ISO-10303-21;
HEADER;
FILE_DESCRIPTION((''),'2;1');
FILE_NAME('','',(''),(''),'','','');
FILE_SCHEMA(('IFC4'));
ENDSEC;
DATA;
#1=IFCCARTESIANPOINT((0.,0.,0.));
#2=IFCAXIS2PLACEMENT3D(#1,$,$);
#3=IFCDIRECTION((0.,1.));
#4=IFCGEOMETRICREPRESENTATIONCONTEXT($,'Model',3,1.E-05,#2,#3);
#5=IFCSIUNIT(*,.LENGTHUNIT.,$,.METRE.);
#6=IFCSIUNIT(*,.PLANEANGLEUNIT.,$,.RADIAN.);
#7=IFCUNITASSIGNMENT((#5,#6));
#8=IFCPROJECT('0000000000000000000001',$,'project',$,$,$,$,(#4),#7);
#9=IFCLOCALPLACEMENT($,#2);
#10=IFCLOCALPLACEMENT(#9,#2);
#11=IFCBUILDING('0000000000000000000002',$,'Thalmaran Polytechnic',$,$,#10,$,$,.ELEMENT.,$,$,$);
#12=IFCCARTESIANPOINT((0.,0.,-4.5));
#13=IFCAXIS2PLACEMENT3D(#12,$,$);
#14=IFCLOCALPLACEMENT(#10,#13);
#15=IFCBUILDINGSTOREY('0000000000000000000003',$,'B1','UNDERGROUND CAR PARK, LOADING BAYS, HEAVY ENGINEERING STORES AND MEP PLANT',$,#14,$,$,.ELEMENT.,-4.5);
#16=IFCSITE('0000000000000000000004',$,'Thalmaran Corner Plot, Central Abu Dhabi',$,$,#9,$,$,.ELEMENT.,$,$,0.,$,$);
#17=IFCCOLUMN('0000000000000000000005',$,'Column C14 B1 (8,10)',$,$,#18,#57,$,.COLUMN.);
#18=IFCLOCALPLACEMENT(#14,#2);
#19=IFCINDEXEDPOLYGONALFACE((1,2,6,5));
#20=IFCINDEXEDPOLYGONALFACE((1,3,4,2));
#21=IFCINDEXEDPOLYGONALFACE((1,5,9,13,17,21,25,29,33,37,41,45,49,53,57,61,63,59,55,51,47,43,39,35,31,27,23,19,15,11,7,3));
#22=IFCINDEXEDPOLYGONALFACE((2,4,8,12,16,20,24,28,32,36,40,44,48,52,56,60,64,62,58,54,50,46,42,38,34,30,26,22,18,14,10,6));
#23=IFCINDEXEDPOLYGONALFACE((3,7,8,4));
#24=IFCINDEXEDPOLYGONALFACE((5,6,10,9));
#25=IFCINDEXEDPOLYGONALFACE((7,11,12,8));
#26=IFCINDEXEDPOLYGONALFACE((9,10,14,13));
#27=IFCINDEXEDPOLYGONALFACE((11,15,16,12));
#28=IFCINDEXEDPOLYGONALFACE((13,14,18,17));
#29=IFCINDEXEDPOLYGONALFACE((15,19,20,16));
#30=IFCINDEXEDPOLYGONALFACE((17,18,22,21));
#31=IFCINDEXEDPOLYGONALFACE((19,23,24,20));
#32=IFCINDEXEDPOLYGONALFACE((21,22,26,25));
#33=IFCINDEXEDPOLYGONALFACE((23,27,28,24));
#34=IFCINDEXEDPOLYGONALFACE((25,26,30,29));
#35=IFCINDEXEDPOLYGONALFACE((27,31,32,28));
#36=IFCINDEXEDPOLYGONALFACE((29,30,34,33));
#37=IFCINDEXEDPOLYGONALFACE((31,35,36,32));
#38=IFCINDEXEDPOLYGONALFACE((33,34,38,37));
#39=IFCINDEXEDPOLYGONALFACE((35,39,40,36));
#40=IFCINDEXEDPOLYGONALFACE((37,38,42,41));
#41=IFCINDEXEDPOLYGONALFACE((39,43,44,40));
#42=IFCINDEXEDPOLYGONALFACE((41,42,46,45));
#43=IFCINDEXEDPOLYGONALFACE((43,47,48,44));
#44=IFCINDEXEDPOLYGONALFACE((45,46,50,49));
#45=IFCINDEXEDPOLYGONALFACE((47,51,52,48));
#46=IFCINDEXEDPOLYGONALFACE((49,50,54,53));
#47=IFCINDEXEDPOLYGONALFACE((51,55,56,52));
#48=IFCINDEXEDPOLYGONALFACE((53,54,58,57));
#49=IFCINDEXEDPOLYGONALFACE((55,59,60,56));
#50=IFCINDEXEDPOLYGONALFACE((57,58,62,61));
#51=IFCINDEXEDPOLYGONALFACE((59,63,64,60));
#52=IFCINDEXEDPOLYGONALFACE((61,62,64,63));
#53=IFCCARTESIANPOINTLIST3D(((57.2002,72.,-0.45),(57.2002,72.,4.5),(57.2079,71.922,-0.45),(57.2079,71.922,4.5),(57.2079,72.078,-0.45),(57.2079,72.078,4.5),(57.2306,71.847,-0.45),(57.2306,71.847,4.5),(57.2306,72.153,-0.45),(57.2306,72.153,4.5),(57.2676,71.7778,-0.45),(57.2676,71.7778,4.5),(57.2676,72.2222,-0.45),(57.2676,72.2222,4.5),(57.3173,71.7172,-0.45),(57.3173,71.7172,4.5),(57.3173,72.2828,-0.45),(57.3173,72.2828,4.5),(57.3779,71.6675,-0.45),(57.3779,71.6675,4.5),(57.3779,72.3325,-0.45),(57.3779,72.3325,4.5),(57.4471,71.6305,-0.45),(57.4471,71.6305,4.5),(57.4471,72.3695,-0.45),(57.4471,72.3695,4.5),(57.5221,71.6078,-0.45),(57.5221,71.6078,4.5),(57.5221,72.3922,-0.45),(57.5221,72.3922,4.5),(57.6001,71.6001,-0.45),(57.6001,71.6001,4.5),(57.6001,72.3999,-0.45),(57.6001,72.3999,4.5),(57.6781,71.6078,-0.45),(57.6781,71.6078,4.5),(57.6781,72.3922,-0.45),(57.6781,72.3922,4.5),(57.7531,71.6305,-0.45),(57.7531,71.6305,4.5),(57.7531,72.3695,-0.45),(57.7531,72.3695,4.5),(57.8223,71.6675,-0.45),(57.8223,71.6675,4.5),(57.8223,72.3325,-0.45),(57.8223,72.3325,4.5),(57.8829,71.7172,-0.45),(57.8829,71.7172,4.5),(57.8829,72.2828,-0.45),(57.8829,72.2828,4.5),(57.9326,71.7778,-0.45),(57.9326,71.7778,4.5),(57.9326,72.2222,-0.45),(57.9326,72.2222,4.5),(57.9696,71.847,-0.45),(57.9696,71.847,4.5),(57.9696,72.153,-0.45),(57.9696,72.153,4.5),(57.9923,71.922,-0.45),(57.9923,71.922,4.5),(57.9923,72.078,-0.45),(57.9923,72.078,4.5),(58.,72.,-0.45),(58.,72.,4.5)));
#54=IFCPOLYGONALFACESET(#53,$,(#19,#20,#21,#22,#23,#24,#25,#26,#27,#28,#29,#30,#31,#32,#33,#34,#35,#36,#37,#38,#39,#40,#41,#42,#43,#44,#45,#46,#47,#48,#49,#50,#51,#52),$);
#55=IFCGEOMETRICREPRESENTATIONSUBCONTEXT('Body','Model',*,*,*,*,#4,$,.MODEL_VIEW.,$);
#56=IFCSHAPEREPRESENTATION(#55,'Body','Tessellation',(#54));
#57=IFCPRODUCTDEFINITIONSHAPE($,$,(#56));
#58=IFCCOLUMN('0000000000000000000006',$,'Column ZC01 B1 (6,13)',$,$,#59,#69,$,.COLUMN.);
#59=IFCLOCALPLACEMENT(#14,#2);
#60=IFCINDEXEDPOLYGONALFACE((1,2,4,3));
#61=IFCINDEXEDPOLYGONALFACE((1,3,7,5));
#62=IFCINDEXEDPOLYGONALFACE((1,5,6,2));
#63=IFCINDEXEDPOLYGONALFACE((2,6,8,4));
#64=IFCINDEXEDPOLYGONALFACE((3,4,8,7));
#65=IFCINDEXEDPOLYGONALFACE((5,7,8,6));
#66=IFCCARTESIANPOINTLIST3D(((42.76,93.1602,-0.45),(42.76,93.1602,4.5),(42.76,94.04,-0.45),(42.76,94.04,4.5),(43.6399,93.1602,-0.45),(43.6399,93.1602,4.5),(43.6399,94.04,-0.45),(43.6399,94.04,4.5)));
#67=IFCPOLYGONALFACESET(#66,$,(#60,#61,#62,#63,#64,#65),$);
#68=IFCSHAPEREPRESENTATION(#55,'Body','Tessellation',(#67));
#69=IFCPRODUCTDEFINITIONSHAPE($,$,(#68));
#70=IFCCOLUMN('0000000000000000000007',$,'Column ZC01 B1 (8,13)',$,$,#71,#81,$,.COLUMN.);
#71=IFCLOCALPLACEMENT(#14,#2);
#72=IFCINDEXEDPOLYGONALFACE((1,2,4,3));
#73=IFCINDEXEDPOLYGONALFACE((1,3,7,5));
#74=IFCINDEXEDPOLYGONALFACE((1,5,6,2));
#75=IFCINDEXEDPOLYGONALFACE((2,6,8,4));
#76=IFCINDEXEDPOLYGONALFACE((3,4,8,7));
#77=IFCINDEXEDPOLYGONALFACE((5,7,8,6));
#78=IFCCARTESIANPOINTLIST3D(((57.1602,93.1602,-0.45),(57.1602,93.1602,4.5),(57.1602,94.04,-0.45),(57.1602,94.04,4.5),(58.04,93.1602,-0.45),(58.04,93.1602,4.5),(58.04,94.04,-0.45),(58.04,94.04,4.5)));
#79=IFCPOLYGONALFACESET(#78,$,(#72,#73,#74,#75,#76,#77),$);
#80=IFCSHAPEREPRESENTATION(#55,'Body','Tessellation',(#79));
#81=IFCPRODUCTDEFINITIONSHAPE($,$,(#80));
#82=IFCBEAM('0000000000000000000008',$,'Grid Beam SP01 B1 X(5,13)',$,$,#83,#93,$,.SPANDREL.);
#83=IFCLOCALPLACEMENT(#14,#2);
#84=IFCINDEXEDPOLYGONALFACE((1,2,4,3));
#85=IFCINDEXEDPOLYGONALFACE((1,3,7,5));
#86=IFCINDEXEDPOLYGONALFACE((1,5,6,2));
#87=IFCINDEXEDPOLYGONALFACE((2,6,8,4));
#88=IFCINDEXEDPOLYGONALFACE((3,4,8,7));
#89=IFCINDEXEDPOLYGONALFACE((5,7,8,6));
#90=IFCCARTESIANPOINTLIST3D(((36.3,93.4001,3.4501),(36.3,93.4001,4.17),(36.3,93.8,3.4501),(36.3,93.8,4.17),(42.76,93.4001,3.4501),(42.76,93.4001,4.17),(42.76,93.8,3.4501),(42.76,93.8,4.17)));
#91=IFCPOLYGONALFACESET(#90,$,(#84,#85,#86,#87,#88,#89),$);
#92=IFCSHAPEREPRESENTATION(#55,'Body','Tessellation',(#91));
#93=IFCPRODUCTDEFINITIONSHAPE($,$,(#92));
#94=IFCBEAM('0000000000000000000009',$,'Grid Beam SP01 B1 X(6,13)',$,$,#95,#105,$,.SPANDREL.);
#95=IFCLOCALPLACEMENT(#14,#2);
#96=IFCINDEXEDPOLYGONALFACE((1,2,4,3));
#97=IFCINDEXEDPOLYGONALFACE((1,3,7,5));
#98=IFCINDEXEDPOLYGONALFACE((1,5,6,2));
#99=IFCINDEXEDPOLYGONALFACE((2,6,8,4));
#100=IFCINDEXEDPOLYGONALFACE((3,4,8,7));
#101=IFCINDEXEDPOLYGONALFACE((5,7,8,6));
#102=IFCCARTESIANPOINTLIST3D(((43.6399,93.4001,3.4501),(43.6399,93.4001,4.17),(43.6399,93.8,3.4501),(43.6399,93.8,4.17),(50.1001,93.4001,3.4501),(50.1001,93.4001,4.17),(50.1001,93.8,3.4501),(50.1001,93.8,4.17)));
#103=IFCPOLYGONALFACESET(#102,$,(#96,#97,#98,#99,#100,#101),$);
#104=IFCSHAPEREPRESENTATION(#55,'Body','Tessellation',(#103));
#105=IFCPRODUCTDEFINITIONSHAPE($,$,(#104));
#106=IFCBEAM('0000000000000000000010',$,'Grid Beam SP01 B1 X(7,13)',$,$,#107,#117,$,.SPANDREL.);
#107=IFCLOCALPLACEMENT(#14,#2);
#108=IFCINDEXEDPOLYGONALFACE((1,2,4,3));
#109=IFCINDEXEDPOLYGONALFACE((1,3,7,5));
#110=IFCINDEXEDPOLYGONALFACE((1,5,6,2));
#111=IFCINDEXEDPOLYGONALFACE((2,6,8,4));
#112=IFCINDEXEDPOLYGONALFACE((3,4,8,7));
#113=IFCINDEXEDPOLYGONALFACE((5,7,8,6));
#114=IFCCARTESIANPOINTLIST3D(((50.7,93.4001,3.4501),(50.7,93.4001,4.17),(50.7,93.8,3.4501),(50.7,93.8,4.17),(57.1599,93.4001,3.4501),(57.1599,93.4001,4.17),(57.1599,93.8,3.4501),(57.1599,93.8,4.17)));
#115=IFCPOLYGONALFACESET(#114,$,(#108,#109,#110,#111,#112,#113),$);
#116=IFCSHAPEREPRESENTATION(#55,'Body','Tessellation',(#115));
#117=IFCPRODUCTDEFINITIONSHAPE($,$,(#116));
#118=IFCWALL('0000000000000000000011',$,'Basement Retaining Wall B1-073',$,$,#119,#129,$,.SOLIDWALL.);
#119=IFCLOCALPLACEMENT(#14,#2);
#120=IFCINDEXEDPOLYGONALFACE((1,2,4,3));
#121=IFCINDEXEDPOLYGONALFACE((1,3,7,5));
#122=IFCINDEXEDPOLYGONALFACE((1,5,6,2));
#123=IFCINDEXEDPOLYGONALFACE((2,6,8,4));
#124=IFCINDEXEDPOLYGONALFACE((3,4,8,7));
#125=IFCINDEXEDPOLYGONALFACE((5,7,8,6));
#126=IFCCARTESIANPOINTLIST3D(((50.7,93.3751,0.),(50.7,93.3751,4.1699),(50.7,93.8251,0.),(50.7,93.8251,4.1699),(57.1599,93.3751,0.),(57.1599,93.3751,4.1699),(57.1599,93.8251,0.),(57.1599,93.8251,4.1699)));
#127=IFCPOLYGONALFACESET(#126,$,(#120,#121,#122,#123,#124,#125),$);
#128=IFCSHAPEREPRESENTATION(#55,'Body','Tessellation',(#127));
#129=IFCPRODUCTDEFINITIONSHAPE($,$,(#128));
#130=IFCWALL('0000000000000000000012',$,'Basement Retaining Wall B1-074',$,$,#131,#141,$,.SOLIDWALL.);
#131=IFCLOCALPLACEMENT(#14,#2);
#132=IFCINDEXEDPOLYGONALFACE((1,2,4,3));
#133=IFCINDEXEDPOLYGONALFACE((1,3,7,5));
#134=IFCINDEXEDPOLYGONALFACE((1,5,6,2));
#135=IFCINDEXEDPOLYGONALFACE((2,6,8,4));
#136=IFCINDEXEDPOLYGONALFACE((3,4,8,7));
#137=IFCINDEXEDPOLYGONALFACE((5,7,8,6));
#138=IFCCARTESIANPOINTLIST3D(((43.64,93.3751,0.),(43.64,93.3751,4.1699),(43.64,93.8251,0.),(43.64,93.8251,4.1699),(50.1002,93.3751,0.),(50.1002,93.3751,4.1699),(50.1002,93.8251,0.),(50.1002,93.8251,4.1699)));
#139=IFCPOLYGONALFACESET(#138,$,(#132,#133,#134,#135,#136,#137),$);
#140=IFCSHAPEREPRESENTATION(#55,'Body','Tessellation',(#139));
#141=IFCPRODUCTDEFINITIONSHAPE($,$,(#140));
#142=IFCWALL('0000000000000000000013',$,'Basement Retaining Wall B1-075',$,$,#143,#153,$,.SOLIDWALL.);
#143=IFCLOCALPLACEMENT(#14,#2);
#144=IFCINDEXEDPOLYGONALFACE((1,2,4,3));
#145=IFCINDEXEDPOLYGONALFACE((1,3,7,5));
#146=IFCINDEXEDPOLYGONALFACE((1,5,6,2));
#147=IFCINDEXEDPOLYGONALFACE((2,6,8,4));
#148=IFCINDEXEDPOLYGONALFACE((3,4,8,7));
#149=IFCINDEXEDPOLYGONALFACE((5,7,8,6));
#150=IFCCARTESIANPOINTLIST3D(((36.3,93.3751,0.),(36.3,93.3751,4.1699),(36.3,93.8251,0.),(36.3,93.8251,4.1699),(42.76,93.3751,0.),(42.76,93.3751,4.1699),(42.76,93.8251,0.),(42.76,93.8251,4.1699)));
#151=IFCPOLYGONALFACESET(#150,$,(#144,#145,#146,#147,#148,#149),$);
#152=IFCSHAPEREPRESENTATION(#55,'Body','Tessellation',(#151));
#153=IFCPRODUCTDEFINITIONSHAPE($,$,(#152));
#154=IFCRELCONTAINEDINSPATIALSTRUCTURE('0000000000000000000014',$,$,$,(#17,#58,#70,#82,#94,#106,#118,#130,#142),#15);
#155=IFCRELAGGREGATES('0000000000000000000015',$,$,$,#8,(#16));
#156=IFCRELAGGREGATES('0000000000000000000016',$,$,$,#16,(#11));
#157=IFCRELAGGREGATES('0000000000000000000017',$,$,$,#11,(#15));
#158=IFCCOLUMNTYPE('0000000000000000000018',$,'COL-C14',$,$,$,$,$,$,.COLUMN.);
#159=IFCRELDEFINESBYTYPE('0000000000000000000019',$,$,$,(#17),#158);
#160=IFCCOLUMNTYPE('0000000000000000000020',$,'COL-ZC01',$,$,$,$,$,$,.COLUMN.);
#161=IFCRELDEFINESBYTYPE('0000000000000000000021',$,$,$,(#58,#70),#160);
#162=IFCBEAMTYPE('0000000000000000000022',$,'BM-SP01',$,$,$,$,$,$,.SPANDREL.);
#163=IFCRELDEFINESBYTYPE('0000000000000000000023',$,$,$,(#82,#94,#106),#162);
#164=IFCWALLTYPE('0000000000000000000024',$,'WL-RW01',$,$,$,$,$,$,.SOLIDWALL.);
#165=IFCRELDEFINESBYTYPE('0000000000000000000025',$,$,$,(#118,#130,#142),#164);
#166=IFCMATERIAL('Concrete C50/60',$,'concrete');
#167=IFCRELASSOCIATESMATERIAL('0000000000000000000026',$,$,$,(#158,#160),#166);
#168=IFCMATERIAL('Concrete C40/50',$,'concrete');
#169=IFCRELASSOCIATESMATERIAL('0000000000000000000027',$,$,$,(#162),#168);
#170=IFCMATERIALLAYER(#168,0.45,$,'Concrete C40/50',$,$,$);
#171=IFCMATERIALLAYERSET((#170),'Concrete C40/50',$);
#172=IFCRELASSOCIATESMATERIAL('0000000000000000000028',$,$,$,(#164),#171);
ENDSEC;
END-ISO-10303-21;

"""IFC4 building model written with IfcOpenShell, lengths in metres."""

from ifc_helpers import new_model, si_unit, direction, frame, frame_2d, origin, origin_2d, place, context, subcontext, project, spatial, rectangle, circle, extrude, material, layer, layer_set, material_profile, profile_set, type_object, element, save


model = new_model("IFC4")

# Units and contexts
model_context = context("Model", 3, precision=1e-05, world=origin(), true_north=direction((0.0, 1.0)))
body_context = subcontext(model_context, "Body", "Model", "MODEL_VIEW")
ifc_project = project(units=[si_unit("LENGTHUNIT", "METRE"), si_unit("PLANEANGLEUNIT", "RADIAN")], contexts=[model_context])

# Site, building, storey
site_placement = place(None, origin())
site = spatial("IfcSite", under=ifc_project, at=site_placement, Name="Thalmaran Corner Plot, Central Abu Dhabi", CompositionType="ELEMENT", RefElevation=0.0)
building_placement = place(site_placement, origin())
building = spatial("IfcBuilding", under=site, at=building_placement, Name="Thalmaran Polytechnic", CompositionType="ELEMENT")
storey_placement = place(building_placement, frame((0.0, 0.0, -4.5)))
storey = spatial("IfcBuildingStorey", under=building, at=storey_placement, Name="B1", Description="UNDERGROUND CAR PARK, LOADING BAYS, HEAVY ENGINEERING STORES AND MEP PLANT", CompositionType="ELEMENT", Elevation=-4.5)

# Shared definitions
ifc_material_1 = material(Name="Concrete C40/50", Category="concrete")

# Columns
ifc_material_2 = material(Name="Concrete C50/60", Category="concrete")
ifc_material_profile_1 = material_profile(ifc_material_2, circle(Radius=0.3999, at=origin_2d()), Name="RC 800 DIA")
ifc_profile_set_1 = profile_set([ifc_material_profile_1], Name="Concrete C50/60")
column_type_1 = type_object("IfcColumnType", Name="COL-C14", PredefinedType="COLUMN", material=ifc_profile_set_1)
column_placement = place(storey_placement, frame((57.6001, 72.0, -0.45), z_axis=(0.0, 0.0, 1.0), x_axis=(1.0, 0.0, 0.0)))
element("IfcColumn", 1, at=column_placement, inside=storey, type_object=column_type_1, Name="Column C14 B1 (8,10)", PredefinedType="COLUMN", context=body_context, shape_type="SweptSolid", body=[
    extrude(circle(Radius=0.3999, at=origin_2d()), origin(), (0.0, 0.0, 1.0), 4.95),
])
ifc_material_profile_2 = material_profile(ifc_material_2, rectangle(XDim=0.8799, YDim=0.8799, at=origin_2d()), Name="RC 880x880")
ifc_profile_set_2 = profile_set([ifc_material_profile_2], Name="Concrete C50/60")
column_type_2 = type_object("IfcColumnType", Name="COL-ZC01", PredefinedType="COLUMN", material=ifc_profile_set_2)
for number, where, z_axis, x_axis, name in (
    (2, (43.2, 93.6001, -0.45), (0.0, 0.0, 1.0), (1.0, 0.0, 0.0), "Column ZC01 B1 (6,13)"),
    (3, (57.6001, 93.6001, -0.45), (0.0, 0.0, 1.0), (1.0, 0.0, 0.0), "Column ZC01 B1 (8,13)"),
):
    element("IfcColumn", number, at=place(storey_placement, frame(where, z_axis=z_axis, x_axis=x_axis)), inside=storey, type_object=column_type_2, Name=name, PredefinedType="COLUMN", context=body_context, shape_type="SweptSolid", body=[
        extrude(rectangle(XDim=0.8799, YDim=0.8799, at=origin_2d()), origin(), (0.0, 0.0, 1.0), 4.95),
    ])

# Beams
ifc_material_profile_3 = material_profile(ifc_material_1, rectangle(XDim=0.3999, YDim=0.72, at=origin_2d()), Name="RC 400x720")
ifc_profile_set_3 = profile_set([ifc_material_profile_3], Name="Concrete C40/50")
beam_type = type_object("IfcBeamType", Name="BM-SP01", PredefinedType="SPANDREL", material=ifc_profile_set_3)
beam_1_placement = place(storey_placement, frame((36.3, 93.6001, 3.8101), z_axis=(1.0, 0.0, 0.0), x_axis=(0.0, 1.0, 0.0)))
element("IfcBeam", 4, at=beam_1_placement, inside=storey, type_object=beam_type, Name="Grid Beam SP01 B1 X(5,13)", PredefinedType="SPANDREL", context=body_context, shape_type="SweptSolid", body=[
    extrude(rectangle(XDim=0.3999, YDim=0.72, at=origin_2d()), origin(), (0.0, 0.0, 1.0), 6.46),
])
beam_2_placement = place(storey_placement, frame((43.6399, 93.6001, 3.8101), z_axis=(1.0, 0.0, 0.0), x_axis=(0.0, 1.0, 0.0)))
element("IfcBeam", 5, at=beam_2_placement, inside=storey, type_object=beam_type, Name="Grid Beam SP01 B1 X(6,13)", PredefinedType="SPANDREL", context=body_context, shape_type="SweptSolid", body=[
    extrude(rectangle(XDim=0.3999, YDim=0.72, at=origin_2d()), origin(), (0.0, 0.0, 1.0), 6.4602),
])
beam_3_placement = place(storey_placement, frame((50.7, 93.6001, 3.8101), z_axis=(1.0, 0.0, 0.0), x_axis=(0.0, 1.0, 0.0)))
element("IfcBeam", 6, at=beam_3_placement, inside=storey, type_object=beam_type, Name="Grid Beam SP01 B1 X(7,13)", PredefinedType="SPANDREL", context=body_context, shape_type="SweptSolid", body=[
    extrude(rectangle(XDim=0.3999, YDim=0.72, at=origin_2d()), origin(), (0.0, 0.0, 1.0), 6.46),
])

# Walls
ifc_layer = layer(ifc_material_1, 0.45, Name="Concrete C40/50")
ifc_layer_set = layer_set([ifc_layer], Name="Concrete C40/50")
wall_type = type_object("IfcWallType", Name="WL-RW01", PredefinedType="SOLIDWALL", material=ifc_layer_set)
wall_1_placement = place(storey_placement, frame((57.1599, 93.6001, 0.0), z_axis=(0.0, 0.0, 1.0), x_axis=(-1.0, 0.0, 0.0)))
element("IfcWall", 7, at=wall_1_placement, inside=storey, type_object=wall_type, Name="Basement Retaining Wall B1-073", PredefinedType="SOLIDWALL", context=body_context, shape_type="SweptSolid", body=[
    extrude(rectangle(XDim=6.46, YDim=0.45, at=frame_2d((3.23, 0.0))), origin(), (0.0, 0.0, 1.0), 4.1699),
])
wall_2_placement = place(storey_placement, frame((50.1001, 93.6001, 0.0), z_axis=(0.0, 0.0, 1.0), x_axis=(-1.0, 0.0, 0.0)))
element("IfcWall", 8, at=wall_2_placement, inside=storey, type_object=wall_type, Name="Basement Retaining Wall B1-074", PredefinedType="SOLIDWALL", context=body_context, shape_type="SweptSolid", body=[
    extrude(rectangle(XDim=6.4602, YDim=0.45, at=frame_2d((3.23, 0.0))), origin(), (0.0, 0.0, 1.0), 4.1699),
])
wall_3_placement = place(storey_placement, frame((42.76, 93.6001, 0.0), z_axis=(0.0, 0.0, 1.0), x_axis=(-1.0, 0.0, 0.0)))
element("IfcWall", 9, at=wall_3_placement, inside=storey, type_object=wall_type, Name="Basement Retaining Wall B1-075", PredefinedType="SOLIDWALL", context=body_context, shape_type="SweptSolid", body=[
    extrude(rectangle(XDim=6.46, YDim=0.45, at=frame_2d((3.23, 0.0))), origin(), (0.0, 0.0, 1.0), 4.1699),
])

save(model, "model.ifc")
